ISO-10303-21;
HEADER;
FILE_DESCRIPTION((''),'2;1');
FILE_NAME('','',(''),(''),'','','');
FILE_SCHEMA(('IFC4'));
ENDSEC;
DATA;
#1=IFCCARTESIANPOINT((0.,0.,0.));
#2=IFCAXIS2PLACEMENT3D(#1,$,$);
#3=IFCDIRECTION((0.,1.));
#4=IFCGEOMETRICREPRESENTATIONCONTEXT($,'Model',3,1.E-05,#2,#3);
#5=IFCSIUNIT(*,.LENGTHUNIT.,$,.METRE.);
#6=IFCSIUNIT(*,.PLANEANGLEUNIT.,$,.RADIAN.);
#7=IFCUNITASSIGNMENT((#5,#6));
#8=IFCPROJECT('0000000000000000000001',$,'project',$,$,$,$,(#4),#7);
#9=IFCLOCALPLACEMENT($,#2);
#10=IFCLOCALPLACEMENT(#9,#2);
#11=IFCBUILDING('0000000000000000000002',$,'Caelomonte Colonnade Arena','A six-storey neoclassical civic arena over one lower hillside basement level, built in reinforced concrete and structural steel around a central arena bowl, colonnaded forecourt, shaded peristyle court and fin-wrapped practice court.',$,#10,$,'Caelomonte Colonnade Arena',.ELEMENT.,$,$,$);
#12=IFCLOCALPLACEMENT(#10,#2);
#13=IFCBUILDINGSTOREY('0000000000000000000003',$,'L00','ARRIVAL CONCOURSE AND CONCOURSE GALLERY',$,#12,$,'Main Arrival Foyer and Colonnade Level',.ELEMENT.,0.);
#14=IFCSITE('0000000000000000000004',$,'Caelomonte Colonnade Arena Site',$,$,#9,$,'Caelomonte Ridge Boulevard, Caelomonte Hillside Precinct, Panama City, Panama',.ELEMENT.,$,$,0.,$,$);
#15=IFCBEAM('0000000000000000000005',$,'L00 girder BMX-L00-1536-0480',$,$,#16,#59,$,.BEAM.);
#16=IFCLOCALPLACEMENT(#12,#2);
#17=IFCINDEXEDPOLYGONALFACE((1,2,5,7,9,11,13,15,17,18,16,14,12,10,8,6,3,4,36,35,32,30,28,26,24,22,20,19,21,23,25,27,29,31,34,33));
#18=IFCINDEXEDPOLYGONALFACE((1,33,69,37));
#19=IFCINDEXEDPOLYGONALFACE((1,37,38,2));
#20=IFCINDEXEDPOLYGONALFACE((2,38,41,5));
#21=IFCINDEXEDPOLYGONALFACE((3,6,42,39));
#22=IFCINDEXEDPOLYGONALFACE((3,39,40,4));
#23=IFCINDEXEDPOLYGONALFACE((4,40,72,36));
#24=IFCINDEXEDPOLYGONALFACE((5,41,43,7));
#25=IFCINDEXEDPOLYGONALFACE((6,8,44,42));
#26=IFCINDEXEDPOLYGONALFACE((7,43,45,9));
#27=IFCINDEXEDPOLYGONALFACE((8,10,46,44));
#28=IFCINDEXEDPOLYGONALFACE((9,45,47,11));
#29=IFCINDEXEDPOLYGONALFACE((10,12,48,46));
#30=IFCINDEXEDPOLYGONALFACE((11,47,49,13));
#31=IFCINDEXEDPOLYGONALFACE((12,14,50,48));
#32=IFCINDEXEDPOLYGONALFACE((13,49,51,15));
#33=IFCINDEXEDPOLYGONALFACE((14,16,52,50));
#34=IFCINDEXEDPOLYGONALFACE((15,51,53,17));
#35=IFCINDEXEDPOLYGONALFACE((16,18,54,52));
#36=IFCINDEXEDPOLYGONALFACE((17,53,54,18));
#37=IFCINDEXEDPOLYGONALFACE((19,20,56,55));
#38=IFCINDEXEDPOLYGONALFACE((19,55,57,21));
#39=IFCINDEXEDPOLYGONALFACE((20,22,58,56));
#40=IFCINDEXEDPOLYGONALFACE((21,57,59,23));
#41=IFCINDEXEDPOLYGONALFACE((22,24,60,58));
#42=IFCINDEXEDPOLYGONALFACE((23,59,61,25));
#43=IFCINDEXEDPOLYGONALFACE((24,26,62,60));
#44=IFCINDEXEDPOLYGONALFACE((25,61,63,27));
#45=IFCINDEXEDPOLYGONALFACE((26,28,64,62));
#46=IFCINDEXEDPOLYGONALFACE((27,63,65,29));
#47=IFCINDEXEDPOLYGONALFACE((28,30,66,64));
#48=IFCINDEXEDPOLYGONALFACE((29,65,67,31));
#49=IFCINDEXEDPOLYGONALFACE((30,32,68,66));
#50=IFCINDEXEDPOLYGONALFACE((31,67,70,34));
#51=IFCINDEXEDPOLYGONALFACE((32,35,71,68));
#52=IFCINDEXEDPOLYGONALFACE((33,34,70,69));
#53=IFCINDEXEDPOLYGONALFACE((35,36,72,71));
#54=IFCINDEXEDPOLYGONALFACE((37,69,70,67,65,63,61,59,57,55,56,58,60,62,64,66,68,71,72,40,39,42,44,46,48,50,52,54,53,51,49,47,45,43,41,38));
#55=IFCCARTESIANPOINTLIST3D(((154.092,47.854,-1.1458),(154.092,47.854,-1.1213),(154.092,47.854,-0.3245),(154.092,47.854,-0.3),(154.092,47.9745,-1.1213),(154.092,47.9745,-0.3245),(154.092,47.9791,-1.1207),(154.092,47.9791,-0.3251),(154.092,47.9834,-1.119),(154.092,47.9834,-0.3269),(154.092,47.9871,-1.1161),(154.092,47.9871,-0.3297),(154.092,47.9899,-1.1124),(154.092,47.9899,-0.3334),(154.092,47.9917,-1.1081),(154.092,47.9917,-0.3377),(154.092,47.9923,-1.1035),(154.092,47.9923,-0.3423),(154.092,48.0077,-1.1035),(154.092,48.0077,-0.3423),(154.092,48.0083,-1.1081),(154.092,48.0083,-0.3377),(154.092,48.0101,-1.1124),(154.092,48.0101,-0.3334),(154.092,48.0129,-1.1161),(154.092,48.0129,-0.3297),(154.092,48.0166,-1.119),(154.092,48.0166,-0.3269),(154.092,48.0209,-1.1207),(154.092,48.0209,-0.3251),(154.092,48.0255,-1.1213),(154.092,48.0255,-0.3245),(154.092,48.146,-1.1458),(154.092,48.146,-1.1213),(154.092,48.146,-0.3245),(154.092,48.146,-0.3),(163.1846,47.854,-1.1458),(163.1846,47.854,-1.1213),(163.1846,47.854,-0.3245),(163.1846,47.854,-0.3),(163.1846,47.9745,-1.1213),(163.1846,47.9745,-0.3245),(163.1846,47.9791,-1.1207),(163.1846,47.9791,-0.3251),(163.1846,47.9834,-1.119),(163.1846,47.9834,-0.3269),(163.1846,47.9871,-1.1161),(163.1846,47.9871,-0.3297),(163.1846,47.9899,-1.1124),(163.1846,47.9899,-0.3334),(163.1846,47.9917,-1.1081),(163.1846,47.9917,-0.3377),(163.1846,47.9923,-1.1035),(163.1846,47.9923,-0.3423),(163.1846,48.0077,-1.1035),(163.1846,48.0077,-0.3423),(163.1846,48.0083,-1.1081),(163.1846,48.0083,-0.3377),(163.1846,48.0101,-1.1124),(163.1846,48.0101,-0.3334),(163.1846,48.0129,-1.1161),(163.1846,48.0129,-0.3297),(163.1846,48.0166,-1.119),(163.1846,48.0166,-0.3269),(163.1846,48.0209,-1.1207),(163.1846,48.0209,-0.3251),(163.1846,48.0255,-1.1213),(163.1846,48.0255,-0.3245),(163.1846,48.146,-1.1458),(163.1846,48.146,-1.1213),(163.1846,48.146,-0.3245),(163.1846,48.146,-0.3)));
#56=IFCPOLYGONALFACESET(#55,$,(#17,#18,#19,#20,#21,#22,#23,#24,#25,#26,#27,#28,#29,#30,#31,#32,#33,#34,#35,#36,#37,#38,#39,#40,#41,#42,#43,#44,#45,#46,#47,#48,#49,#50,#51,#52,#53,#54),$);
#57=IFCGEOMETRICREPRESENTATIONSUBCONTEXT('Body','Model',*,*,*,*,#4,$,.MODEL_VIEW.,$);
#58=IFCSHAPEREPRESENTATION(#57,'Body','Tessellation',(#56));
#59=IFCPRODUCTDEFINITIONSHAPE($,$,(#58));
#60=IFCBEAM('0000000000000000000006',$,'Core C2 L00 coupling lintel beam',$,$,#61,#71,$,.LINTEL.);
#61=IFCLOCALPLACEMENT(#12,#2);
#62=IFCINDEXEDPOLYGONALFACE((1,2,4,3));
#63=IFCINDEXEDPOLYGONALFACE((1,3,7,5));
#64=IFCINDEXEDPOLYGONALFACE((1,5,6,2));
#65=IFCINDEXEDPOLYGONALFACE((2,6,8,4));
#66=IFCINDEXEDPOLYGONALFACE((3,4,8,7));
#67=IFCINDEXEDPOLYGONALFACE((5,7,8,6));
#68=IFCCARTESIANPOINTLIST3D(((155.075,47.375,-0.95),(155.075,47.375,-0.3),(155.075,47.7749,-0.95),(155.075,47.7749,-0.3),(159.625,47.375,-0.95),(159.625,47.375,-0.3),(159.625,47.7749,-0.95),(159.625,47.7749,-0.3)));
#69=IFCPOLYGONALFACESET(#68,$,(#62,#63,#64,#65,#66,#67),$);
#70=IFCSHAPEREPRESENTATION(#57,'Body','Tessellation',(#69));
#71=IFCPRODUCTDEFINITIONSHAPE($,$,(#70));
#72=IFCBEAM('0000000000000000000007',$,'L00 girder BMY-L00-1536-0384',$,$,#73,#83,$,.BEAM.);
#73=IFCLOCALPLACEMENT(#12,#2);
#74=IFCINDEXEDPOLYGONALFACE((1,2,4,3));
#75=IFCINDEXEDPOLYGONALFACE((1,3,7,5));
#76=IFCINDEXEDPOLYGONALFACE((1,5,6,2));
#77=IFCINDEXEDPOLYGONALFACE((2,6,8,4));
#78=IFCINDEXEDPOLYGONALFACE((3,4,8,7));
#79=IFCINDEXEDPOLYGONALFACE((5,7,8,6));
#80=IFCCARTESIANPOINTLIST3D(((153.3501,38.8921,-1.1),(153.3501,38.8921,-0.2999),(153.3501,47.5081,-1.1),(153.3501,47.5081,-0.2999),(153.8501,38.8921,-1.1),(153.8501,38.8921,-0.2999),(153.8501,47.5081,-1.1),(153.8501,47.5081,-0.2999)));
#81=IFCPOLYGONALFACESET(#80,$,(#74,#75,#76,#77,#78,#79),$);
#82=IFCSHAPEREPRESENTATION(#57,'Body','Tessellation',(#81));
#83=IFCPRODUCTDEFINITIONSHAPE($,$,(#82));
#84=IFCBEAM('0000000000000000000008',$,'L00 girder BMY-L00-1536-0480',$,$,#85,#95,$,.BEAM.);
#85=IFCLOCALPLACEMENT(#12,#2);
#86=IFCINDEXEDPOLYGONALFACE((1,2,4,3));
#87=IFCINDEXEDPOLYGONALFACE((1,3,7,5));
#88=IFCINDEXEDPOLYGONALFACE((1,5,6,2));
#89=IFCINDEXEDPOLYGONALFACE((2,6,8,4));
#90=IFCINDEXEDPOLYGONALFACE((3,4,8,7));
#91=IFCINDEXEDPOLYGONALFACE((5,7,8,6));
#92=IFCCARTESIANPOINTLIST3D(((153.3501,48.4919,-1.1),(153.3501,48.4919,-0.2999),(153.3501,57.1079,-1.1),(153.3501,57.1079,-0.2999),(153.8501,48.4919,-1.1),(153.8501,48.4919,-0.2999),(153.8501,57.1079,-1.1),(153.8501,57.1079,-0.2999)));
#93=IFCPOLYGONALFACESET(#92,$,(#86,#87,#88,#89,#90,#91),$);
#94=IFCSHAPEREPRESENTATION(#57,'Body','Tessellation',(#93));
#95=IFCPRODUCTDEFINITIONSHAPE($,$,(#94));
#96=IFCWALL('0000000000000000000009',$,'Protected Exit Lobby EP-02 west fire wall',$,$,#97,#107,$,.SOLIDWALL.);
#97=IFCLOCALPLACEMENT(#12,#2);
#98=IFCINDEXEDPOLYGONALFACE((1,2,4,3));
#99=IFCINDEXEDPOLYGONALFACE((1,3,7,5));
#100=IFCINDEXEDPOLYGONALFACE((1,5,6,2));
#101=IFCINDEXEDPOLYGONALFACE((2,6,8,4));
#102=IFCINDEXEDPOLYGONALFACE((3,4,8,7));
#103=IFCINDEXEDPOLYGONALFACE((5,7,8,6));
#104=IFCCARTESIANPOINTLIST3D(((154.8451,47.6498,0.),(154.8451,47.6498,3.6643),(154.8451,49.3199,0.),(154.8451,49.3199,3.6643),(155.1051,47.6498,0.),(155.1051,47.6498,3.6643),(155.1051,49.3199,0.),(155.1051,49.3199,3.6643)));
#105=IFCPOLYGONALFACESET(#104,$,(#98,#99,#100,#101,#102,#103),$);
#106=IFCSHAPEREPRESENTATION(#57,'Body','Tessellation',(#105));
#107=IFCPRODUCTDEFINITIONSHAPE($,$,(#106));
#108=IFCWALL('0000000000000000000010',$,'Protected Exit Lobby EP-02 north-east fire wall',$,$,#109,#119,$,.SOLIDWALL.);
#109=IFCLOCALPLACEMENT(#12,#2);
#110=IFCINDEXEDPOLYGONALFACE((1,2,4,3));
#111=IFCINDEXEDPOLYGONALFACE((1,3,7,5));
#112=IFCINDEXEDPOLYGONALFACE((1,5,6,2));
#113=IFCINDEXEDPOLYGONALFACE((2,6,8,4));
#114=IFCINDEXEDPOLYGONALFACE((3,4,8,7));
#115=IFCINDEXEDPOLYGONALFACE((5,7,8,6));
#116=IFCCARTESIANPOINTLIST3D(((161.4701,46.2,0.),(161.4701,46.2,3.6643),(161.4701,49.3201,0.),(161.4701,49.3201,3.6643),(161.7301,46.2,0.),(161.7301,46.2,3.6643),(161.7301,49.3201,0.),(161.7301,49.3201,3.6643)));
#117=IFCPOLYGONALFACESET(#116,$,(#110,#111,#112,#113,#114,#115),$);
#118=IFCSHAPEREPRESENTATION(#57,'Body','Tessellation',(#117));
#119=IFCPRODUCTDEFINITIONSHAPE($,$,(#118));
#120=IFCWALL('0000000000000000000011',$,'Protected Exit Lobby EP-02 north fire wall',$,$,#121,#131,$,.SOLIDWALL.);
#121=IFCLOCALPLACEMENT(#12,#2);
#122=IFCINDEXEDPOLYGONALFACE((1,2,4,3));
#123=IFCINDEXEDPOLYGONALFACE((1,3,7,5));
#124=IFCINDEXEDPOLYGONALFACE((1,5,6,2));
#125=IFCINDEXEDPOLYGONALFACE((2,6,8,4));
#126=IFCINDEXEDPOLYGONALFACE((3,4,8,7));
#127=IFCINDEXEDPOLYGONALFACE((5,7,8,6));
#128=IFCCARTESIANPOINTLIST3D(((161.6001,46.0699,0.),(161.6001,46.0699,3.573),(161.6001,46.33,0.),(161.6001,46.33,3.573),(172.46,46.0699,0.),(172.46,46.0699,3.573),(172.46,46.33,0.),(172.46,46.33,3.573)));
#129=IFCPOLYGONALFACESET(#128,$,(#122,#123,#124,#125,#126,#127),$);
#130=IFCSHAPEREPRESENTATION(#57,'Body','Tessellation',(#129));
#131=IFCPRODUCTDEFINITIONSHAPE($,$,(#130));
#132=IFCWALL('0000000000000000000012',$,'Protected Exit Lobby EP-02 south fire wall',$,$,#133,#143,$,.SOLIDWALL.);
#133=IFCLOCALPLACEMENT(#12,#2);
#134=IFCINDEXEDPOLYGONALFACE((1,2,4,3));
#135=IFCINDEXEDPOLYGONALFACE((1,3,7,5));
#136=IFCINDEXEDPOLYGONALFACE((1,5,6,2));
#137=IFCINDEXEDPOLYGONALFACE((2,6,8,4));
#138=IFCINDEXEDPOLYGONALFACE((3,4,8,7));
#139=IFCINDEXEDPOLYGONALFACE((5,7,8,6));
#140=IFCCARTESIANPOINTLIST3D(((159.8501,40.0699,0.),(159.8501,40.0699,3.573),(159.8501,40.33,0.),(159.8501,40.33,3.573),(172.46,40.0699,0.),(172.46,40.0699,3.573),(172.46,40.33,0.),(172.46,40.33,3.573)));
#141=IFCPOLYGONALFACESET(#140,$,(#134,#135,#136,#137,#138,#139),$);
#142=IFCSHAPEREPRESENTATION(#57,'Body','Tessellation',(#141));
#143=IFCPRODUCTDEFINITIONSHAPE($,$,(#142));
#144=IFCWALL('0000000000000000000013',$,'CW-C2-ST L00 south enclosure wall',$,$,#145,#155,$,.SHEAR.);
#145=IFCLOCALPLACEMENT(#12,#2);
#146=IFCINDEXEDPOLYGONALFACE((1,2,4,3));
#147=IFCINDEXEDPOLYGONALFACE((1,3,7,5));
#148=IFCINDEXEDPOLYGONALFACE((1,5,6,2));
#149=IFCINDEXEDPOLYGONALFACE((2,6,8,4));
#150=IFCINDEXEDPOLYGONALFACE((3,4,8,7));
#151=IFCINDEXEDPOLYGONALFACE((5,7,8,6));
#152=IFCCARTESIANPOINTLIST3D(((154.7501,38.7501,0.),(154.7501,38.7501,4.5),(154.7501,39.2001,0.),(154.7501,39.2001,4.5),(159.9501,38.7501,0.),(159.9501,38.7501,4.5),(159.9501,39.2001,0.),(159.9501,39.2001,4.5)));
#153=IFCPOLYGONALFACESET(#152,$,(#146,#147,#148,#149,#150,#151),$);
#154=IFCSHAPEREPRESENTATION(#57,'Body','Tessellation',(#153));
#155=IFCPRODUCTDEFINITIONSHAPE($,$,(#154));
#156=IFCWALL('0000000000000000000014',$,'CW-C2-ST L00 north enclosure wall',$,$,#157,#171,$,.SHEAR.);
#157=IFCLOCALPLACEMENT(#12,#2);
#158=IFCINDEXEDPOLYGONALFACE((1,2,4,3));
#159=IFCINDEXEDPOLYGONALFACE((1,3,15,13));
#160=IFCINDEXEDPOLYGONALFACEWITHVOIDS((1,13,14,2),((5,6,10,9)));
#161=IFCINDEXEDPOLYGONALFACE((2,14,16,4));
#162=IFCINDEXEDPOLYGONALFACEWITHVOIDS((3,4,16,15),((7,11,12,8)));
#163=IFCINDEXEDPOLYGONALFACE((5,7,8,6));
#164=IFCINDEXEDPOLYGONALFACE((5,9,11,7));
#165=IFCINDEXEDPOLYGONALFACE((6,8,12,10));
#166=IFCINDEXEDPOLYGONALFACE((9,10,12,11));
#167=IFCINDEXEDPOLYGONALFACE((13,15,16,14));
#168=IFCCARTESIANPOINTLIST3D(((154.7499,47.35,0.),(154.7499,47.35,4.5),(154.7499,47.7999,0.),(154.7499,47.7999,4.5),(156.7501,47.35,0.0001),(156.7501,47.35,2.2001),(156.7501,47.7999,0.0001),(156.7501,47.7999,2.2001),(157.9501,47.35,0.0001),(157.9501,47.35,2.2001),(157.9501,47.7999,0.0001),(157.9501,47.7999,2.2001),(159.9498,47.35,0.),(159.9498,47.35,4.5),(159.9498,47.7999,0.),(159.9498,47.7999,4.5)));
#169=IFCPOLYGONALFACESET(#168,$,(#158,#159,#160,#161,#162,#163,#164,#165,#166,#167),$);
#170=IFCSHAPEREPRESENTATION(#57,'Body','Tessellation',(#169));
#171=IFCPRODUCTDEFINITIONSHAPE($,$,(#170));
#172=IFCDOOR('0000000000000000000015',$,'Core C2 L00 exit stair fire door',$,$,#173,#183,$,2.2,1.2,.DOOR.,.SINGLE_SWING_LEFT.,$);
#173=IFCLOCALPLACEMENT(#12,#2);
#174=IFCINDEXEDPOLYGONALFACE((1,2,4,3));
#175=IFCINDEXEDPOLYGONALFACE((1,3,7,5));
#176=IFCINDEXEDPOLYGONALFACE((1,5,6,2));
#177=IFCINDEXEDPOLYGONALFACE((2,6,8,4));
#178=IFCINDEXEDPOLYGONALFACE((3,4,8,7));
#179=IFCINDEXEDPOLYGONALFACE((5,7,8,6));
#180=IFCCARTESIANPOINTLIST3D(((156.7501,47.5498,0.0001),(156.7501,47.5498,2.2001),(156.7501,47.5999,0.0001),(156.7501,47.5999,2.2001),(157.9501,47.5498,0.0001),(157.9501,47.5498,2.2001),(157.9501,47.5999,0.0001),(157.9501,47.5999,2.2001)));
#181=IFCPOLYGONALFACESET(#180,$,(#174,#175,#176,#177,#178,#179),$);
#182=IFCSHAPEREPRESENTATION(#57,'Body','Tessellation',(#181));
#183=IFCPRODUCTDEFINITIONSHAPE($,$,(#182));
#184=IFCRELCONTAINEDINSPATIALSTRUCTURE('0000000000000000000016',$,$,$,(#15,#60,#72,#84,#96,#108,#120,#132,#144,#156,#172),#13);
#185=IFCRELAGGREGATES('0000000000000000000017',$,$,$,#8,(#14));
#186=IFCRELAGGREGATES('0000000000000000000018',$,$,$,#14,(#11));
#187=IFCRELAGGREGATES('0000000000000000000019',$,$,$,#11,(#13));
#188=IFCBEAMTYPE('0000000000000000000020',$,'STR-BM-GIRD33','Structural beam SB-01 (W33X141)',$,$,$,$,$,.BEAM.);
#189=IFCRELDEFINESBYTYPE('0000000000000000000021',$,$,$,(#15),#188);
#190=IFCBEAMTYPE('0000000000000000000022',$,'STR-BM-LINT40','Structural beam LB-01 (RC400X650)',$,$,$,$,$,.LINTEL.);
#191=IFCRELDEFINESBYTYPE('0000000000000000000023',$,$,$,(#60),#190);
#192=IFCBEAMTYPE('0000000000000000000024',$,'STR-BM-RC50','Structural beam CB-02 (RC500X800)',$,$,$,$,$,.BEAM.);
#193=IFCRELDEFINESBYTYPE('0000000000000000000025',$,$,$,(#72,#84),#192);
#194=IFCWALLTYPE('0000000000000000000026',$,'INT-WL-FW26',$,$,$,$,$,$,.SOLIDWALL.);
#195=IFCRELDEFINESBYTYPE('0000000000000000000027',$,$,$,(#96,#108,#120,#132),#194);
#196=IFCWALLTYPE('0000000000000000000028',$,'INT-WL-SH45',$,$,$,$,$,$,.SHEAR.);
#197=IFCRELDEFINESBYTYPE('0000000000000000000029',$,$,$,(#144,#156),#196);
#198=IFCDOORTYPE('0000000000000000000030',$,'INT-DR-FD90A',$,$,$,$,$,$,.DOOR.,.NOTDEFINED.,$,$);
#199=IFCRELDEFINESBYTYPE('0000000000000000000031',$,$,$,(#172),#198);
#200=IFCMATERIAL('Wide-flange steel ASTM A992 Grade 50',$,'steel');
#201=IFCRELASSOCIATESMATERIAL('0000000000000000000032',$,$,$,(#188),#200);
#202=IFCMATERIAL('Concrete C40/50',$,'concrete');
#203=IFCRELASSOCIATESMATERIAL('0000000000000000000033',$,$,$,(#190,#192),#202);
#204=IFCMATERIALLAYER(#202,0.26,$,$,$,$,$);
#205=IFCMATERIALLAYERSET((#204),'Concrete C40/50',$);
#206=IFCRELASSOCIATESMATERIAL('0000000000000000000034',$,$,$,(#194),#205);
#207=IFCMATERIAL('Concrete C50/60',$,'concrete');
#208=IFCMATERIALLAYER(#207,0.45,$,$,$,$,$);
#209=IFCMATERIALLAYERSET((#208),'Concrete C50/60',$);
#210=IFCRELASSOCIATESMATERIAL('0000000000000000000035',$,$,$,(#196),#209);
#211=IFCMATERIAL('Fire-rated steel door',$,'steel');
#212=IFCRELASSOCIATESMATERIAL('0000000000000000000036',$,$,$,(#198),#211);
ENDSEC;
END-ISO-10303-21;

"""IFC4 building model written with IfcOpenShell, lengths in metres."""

from ifc_helpers import new_model, si_unit, direction, frame, frame_2d, origin, origin_2d, place, context, subcontext, project, spatial, rectangle, i_section, extrude, material, layer, layer_set, material_profile, profile_set, type_object, element, fill, save


model = new_model("IFC4")

# Units and contexts
model_context = context("Model", 3, precision=1e-05, world=origin(), true_north=direction((0.0, 1.0)))
body_context = subcontext(model_context, "Body", "Model", "MODEL_VIEW")
ifc_project = project(units=[si_unit("LENGTHUNIT", "METRE"), si_unit("PLANEANGLEUNIT", "RADIAN")], contexts=[model_context])

# Site, building, storey
site_placement = place(None, origin())
site = spatial("IfcSite", under=ifc_project, at=site_placement, Name="Caelomonte Colonnade Arena Site", LongName="Caelomonte Ridge Boulevard, Caelomonte Hillside Precinct, Panama City, Panama", CompositionType="ELEMENT", RefElevation=0.0)
building_placement = place(site_placement, origin())
building = spatial("IfcBuilding", under=site, at=building_placement, Name="Caelomonte Colonnade Arena", Description="A six-storey neoclassical civic arena over one lower hillside basement level, built in reinforced concrete and structural steel around a central arena bowl, colonnaded forecourt, shaded peristyle court and fin-wrapped practice court.", LongName="Caelomonte Colonnade Arena", CompositionType="ELEMENT")
storey_placement = place(building_placement, origin())
storey = spatial("IfcBuildingStorey", under=building, at=storey_placement, Name="L00", Description="ARRIVAL CONCOURSE AND CONCOURSE GALLERY", LongName="Main Arrival Foyer and Colonnade Level", CompositionType="ELEMENT", Elevation=0.0)

# Shared definitions
ifc_material_1 = material(Name="Concrete C50/60", Category="concrete")
ifc_material_2 = material(Name="Wide-flange steel ASTM A992 Grade 50", Category="steel")

# Beams
ifc_material_profile_1 = material_profile(ifc_material_2, i_section(OverallWidth=0.292, OverallDepth=0.8457, WebThickness=0.0154, FlangeThickness=0.0244, FilletRadius=0.0178, at=origin_2d()), Name="W33X141")
ifc_profile_set_1 = profile_set([ifc_material_profile_1], Name="Wide-flange steel ASTM A992 Grade 50")
beam_type_1 = type_object("IfcBeamType", Name="STR-BM-GIRD33", Description="Structural beam SB-01 (W33X141)", PredefinedType="BEAM", material=ifc_profile_set_1)
for number, where, z_axis, x_axis, name in (
    (1, (154.092, 48.0, -0.7229), (1.0, 0.0, 0.0), (0.0, 1.0, 0.0), "L00 girder BMX-L00-1536-0480"),
):
    element("IfcBeam", number, at=place(storey_placement, frame(where, z_axis=z_axis, x_axis=x_axis)), inside=storey, type_object=beam_type_1, Name=name, PredefinedType="BEAM", context=body_context, shape_type="SweptSolid", body=[
        extrude(i_section(OverallWidth=0.292, OverallDepth=0.8457, WebThickness=0.0154, FlangeThickness=0.0244, FilletRadius=0.0178, at=origin_2d()), origin(), (0.0, 0.0, 1.0), 9.0925),
    ])
ifc_material_3 = material(Name="Concrete C40/50", Category="concrete")
ifc_material_profile_2 = material_profile(ifc_material_3, rectangle(XDim=0.3999, YDim=0.6499, at=origin_2d()), Name="RC400X650")
ifc_profile_set_2 = profile_set([ifc_material_profile_2], Name="Concrete C40/50")
beam_type_2 = type_object("IfcBeamType", Name="STR-BM-LINT40", Description="Structural beam LB-01 (RC400X650)", PredefinedType="LINTEL", material=ifc_profile_set_2)
beam_1_placement = place(storey_placement, frame((155.075, 47.575, -0.625), z_axis=(1.0, 0.0, 0.0), x_axis=(0.0, 1.0, 0.0)))
element("IfcBeam", 2, at=beam_1_placement, inside=storey, type_object=beam_type_2, Name="Core C2 L00 coupling lintel beam", PredefinedType="LINTEL", context=body_context, shape_type="SweptSolid", body=[
    extrude(rectangle(XDim=0.3999, YDim=0.6499, at=origin_2d()), origin(), (0.0, 0.0, 1.0), 4.55),
])
ifc_material_profile_3 = material_profile(ifc_material_3, rectangle(XDim=0.5, YDim=0.8, at=origin_2d()), Name="RC500X800")
ifc_profile_set_3 = profile_set([ifc_material_profile_3], Name="Concrete C40/50")
beam_type_3 = type_object("IfcBeamType", Name="STR-BM-RC50", Description="Structural beam CB-02 (RC500X800)", PredefinedType="BEAM", material=ifc_profile_set_3)
for number, where, z_axis, x_axis, name in (
    (3, (153.6001, 38.8921, -0.7), (0.0, 1.0, 0.0), (-1.0, 0.0, 0.0), "L00 girder BMY-L00-1536-0384"),
    (4, (153.6001, 48.4919, -0.7), (0.0, 1.0, 0.0), (-1.0, 0.0, 0.0), "L00 girder BMY-L00-1536-0480"),
):
    element("IfcBeam", number, at=place(storey_placement, frame(where, z_axis=z_axis, x_axis=x_axis)), inside=storey, type_object=beam_type_3, Name=name, PredefinedType="BEAM", context=body_context, shape_type="SweptSolid", body=[
        extrude(rectangle(XDim=0.5, YDim=0.8, at=origin_2d()), origin(), (0.0, 0.0, 1.0), 8.616),
    ])

# Walls
ifc_layer_1 = layer(ifc_material_3, 0.26)
ifc_layer_set_1 = layer_set([ifc_layer_1], Name="Concrete C40/50")
wall_type_1 = type_object("IfcWallType", Name="INT-WL-FW26", PredefinedType="SOLIDWALL", material=ifc_layer_set_1)
wall_1_placement = place(storey_placement, frame((154.9751, 47.6499, 0.0), z_axis=(0.0, 0.0, 1.0), x_axis=(0.0, 1.0, 0.0)))
element("IfcWall", 5, at=wall_1_placement, inside=storey, type_object=wall_type_1, Name="Protected Exit Lobby EP-02 west fire wall", PredefinedType="SOLIDWALL", context=body_context, shape_type="SweptSolid", body=[
    extrude(rectangle(XDim=1.6702, YDim=0.26, at=frame_2d((0.835, 0.0))), origin(), (0.0, 0.0, 1.0), 3.6643),
])
wall_2_placement = place(storey_placement, frame((161.6001, 49.3201, 0.0), z_axis=(0.0, 0.0, 1.0), x_axis=(0.0, -1.0, 0.0)))
element("IfcWall", 6, at=wall_2_placement, inside=storey, type_object=wall_type_1, Name="Protected Exit Lobby EP-02 north-east fire wall", PredefinedType="SOLIDWALL", context=body_context, shape_type="SweptSolid", body=[
    extrude(rectangle(XDim=3.1201, YDim=0.26, at=frame_2d((1.5601, 0.0))), origin(), (0.0, 0.0, 1.0), 3.6643),
])
wall_3_placement = place(storey_placement, frame((161.6001, 46.2, 0.0), z_axis=(0.0, 0.0, 1.0), x_axis=(1.0, 0.0, 0.0)))
element("IfcWall", 7, at=wall_3_placement, inside=storey, type_object=wall_type_1, Name="Protected Exit Lobby EP-02 north fire wall", PredefinedType="SOLIDWALL", context=body_context, shape_type="SweptSolid", body=[
    extrude(rectangle(XDim=10.8599, YDim=0.26, at=frame_2d((5.4299, 0.0))), origin(), (0.0, 0.0, 1.0), 3.573),
])
wall_4_placement = place(storey_placement, frame((159.8501, 40.2, 0.0), z_axis=(0.0, 0.0, 1.0), x_axis=(1.0, 0.0, 0.0)))
element("IfcWall", 8, at=wall_4_placement, inside=storey, type_object=wall_type_1, Name="Protected Exit Lobby EP-02 south fire wall", PredefinedType="SOLIDWALL", context=body_context, shape_type="SweptSolid", body=[
    extrude(rectangle(XDim=12.6099, YDim=0.26, at=frame_2d((6.3049, 0.0))), origin(), (0.0, 0.0, 1.0), 3.573),
])
ifc_layer_2 = layer(ifc_material_1, 0.45)
ifc_layer_set_2 = layer_set([ifc_layer_2], Name="Concrete C50/60")
wall_type_2 = type_object("IfcWallType", Name="INT-WL-SH45", PredefinedType="SHEAR", material=ifc_layer_set_2)
wall_5_placement = place(storey_placement, frame((154.75, 38.9751, 0.0), z_axis=(0.0, 0.0, 1.0), x_axis=(1.0, 0.0, 0.0)))
element("IfcWall", 9, at=wall_5_placement, inside=storey, type_object=wall_type_2, Name="CW-C2-ST L00 south enclosure wall", PredefinedType="SHEAR", context=body_context, shape_type="SweptSolid", body=[
    extrude(rectangle(XDim=5.2, YDim=0.45, at=frame_2d((2.6001, 0.0))), origin(), (0.0, 0.0, 1.0), 4.5),
])

# Wall, opening, door
wall_6_placement = place(storey_placement, frame((159.95, 47.575, 0.0), z_axis=(0.0, 0.0, 1.0), x_axis=(-1.0, 0.0, 0.0)))
wall_6 = element("IfcWall", 10, at=wall_6_placement, inside=storey, type_object=wall_type_2, Name="CW-C2-ST L00 north enclosure wall", PredefinedType="SHEAR", context=body_context, shape_type="SweptSolid", body=[
    extrude(rectangle(XDim=5.2, YDim=0.45, at=frame_2d((2.6001, 0.0))), origin(), (0.0, 0.0, 1.0), 4.5),
])
opening_placement = place(wall_6_placement, frame((3.2, 0.0, 0.0), z_axis=(0.0, 0.0, 1.0), x_axis=(-1.0, 0.0, 0.0)))
opening = element("IfcOpeningElement", 11, at=opening_placement, cuts=wall_6, PredefinedType="OPENING", context=body_context, shape_type="SweptSolid", body=[
    extrude(rectangle(XDim=1.2, YDim=2.2, at=frame_2d((0.6001, 1.1001))), frame((0.0, 0.2349, 0.0), z_axis=(0.0, -1.0, 0.0), x_axis=(1.0, 0.0, 0.0)), (0.0, 0.0, 1.0), 0.47),
])
ifc_material_4 = material(Name="Fire-rated steel door", Category="steel")
door_type = type_object("IfcDoorType", Name="INT-DR-FD90A", OperationType="NOTDEFINED", PredefinedType="DOOR", material=ifc_material_4)
door_placement = place(opening_placement, origin())
door = element("IfcDoor", 12, at=door_placement, inside=storey, type_object=door_type, Name="Core C2 L00 exit stair fire door", OperationType="SINGLE_SWING_LEFT", OverallHeight=2.2, OverallWidth=1.2, PredefinedType="DOOR", context=body_context, shape_type="SweptSolid", body=[
    extrude(rectangle(XDim=1.2, YDim=2.2, at=frame_2d((0.6001, 1.1001))), frame((0.0, 0.0249, 0.0), z_axis=(0.0, -1.0, 0.0), x_axis=(1.0, 0.0, 0.0)), (0.0, 0.0, 1.0), 0.05),
])
fill(opening, door)

save(model, "model.ifc")
